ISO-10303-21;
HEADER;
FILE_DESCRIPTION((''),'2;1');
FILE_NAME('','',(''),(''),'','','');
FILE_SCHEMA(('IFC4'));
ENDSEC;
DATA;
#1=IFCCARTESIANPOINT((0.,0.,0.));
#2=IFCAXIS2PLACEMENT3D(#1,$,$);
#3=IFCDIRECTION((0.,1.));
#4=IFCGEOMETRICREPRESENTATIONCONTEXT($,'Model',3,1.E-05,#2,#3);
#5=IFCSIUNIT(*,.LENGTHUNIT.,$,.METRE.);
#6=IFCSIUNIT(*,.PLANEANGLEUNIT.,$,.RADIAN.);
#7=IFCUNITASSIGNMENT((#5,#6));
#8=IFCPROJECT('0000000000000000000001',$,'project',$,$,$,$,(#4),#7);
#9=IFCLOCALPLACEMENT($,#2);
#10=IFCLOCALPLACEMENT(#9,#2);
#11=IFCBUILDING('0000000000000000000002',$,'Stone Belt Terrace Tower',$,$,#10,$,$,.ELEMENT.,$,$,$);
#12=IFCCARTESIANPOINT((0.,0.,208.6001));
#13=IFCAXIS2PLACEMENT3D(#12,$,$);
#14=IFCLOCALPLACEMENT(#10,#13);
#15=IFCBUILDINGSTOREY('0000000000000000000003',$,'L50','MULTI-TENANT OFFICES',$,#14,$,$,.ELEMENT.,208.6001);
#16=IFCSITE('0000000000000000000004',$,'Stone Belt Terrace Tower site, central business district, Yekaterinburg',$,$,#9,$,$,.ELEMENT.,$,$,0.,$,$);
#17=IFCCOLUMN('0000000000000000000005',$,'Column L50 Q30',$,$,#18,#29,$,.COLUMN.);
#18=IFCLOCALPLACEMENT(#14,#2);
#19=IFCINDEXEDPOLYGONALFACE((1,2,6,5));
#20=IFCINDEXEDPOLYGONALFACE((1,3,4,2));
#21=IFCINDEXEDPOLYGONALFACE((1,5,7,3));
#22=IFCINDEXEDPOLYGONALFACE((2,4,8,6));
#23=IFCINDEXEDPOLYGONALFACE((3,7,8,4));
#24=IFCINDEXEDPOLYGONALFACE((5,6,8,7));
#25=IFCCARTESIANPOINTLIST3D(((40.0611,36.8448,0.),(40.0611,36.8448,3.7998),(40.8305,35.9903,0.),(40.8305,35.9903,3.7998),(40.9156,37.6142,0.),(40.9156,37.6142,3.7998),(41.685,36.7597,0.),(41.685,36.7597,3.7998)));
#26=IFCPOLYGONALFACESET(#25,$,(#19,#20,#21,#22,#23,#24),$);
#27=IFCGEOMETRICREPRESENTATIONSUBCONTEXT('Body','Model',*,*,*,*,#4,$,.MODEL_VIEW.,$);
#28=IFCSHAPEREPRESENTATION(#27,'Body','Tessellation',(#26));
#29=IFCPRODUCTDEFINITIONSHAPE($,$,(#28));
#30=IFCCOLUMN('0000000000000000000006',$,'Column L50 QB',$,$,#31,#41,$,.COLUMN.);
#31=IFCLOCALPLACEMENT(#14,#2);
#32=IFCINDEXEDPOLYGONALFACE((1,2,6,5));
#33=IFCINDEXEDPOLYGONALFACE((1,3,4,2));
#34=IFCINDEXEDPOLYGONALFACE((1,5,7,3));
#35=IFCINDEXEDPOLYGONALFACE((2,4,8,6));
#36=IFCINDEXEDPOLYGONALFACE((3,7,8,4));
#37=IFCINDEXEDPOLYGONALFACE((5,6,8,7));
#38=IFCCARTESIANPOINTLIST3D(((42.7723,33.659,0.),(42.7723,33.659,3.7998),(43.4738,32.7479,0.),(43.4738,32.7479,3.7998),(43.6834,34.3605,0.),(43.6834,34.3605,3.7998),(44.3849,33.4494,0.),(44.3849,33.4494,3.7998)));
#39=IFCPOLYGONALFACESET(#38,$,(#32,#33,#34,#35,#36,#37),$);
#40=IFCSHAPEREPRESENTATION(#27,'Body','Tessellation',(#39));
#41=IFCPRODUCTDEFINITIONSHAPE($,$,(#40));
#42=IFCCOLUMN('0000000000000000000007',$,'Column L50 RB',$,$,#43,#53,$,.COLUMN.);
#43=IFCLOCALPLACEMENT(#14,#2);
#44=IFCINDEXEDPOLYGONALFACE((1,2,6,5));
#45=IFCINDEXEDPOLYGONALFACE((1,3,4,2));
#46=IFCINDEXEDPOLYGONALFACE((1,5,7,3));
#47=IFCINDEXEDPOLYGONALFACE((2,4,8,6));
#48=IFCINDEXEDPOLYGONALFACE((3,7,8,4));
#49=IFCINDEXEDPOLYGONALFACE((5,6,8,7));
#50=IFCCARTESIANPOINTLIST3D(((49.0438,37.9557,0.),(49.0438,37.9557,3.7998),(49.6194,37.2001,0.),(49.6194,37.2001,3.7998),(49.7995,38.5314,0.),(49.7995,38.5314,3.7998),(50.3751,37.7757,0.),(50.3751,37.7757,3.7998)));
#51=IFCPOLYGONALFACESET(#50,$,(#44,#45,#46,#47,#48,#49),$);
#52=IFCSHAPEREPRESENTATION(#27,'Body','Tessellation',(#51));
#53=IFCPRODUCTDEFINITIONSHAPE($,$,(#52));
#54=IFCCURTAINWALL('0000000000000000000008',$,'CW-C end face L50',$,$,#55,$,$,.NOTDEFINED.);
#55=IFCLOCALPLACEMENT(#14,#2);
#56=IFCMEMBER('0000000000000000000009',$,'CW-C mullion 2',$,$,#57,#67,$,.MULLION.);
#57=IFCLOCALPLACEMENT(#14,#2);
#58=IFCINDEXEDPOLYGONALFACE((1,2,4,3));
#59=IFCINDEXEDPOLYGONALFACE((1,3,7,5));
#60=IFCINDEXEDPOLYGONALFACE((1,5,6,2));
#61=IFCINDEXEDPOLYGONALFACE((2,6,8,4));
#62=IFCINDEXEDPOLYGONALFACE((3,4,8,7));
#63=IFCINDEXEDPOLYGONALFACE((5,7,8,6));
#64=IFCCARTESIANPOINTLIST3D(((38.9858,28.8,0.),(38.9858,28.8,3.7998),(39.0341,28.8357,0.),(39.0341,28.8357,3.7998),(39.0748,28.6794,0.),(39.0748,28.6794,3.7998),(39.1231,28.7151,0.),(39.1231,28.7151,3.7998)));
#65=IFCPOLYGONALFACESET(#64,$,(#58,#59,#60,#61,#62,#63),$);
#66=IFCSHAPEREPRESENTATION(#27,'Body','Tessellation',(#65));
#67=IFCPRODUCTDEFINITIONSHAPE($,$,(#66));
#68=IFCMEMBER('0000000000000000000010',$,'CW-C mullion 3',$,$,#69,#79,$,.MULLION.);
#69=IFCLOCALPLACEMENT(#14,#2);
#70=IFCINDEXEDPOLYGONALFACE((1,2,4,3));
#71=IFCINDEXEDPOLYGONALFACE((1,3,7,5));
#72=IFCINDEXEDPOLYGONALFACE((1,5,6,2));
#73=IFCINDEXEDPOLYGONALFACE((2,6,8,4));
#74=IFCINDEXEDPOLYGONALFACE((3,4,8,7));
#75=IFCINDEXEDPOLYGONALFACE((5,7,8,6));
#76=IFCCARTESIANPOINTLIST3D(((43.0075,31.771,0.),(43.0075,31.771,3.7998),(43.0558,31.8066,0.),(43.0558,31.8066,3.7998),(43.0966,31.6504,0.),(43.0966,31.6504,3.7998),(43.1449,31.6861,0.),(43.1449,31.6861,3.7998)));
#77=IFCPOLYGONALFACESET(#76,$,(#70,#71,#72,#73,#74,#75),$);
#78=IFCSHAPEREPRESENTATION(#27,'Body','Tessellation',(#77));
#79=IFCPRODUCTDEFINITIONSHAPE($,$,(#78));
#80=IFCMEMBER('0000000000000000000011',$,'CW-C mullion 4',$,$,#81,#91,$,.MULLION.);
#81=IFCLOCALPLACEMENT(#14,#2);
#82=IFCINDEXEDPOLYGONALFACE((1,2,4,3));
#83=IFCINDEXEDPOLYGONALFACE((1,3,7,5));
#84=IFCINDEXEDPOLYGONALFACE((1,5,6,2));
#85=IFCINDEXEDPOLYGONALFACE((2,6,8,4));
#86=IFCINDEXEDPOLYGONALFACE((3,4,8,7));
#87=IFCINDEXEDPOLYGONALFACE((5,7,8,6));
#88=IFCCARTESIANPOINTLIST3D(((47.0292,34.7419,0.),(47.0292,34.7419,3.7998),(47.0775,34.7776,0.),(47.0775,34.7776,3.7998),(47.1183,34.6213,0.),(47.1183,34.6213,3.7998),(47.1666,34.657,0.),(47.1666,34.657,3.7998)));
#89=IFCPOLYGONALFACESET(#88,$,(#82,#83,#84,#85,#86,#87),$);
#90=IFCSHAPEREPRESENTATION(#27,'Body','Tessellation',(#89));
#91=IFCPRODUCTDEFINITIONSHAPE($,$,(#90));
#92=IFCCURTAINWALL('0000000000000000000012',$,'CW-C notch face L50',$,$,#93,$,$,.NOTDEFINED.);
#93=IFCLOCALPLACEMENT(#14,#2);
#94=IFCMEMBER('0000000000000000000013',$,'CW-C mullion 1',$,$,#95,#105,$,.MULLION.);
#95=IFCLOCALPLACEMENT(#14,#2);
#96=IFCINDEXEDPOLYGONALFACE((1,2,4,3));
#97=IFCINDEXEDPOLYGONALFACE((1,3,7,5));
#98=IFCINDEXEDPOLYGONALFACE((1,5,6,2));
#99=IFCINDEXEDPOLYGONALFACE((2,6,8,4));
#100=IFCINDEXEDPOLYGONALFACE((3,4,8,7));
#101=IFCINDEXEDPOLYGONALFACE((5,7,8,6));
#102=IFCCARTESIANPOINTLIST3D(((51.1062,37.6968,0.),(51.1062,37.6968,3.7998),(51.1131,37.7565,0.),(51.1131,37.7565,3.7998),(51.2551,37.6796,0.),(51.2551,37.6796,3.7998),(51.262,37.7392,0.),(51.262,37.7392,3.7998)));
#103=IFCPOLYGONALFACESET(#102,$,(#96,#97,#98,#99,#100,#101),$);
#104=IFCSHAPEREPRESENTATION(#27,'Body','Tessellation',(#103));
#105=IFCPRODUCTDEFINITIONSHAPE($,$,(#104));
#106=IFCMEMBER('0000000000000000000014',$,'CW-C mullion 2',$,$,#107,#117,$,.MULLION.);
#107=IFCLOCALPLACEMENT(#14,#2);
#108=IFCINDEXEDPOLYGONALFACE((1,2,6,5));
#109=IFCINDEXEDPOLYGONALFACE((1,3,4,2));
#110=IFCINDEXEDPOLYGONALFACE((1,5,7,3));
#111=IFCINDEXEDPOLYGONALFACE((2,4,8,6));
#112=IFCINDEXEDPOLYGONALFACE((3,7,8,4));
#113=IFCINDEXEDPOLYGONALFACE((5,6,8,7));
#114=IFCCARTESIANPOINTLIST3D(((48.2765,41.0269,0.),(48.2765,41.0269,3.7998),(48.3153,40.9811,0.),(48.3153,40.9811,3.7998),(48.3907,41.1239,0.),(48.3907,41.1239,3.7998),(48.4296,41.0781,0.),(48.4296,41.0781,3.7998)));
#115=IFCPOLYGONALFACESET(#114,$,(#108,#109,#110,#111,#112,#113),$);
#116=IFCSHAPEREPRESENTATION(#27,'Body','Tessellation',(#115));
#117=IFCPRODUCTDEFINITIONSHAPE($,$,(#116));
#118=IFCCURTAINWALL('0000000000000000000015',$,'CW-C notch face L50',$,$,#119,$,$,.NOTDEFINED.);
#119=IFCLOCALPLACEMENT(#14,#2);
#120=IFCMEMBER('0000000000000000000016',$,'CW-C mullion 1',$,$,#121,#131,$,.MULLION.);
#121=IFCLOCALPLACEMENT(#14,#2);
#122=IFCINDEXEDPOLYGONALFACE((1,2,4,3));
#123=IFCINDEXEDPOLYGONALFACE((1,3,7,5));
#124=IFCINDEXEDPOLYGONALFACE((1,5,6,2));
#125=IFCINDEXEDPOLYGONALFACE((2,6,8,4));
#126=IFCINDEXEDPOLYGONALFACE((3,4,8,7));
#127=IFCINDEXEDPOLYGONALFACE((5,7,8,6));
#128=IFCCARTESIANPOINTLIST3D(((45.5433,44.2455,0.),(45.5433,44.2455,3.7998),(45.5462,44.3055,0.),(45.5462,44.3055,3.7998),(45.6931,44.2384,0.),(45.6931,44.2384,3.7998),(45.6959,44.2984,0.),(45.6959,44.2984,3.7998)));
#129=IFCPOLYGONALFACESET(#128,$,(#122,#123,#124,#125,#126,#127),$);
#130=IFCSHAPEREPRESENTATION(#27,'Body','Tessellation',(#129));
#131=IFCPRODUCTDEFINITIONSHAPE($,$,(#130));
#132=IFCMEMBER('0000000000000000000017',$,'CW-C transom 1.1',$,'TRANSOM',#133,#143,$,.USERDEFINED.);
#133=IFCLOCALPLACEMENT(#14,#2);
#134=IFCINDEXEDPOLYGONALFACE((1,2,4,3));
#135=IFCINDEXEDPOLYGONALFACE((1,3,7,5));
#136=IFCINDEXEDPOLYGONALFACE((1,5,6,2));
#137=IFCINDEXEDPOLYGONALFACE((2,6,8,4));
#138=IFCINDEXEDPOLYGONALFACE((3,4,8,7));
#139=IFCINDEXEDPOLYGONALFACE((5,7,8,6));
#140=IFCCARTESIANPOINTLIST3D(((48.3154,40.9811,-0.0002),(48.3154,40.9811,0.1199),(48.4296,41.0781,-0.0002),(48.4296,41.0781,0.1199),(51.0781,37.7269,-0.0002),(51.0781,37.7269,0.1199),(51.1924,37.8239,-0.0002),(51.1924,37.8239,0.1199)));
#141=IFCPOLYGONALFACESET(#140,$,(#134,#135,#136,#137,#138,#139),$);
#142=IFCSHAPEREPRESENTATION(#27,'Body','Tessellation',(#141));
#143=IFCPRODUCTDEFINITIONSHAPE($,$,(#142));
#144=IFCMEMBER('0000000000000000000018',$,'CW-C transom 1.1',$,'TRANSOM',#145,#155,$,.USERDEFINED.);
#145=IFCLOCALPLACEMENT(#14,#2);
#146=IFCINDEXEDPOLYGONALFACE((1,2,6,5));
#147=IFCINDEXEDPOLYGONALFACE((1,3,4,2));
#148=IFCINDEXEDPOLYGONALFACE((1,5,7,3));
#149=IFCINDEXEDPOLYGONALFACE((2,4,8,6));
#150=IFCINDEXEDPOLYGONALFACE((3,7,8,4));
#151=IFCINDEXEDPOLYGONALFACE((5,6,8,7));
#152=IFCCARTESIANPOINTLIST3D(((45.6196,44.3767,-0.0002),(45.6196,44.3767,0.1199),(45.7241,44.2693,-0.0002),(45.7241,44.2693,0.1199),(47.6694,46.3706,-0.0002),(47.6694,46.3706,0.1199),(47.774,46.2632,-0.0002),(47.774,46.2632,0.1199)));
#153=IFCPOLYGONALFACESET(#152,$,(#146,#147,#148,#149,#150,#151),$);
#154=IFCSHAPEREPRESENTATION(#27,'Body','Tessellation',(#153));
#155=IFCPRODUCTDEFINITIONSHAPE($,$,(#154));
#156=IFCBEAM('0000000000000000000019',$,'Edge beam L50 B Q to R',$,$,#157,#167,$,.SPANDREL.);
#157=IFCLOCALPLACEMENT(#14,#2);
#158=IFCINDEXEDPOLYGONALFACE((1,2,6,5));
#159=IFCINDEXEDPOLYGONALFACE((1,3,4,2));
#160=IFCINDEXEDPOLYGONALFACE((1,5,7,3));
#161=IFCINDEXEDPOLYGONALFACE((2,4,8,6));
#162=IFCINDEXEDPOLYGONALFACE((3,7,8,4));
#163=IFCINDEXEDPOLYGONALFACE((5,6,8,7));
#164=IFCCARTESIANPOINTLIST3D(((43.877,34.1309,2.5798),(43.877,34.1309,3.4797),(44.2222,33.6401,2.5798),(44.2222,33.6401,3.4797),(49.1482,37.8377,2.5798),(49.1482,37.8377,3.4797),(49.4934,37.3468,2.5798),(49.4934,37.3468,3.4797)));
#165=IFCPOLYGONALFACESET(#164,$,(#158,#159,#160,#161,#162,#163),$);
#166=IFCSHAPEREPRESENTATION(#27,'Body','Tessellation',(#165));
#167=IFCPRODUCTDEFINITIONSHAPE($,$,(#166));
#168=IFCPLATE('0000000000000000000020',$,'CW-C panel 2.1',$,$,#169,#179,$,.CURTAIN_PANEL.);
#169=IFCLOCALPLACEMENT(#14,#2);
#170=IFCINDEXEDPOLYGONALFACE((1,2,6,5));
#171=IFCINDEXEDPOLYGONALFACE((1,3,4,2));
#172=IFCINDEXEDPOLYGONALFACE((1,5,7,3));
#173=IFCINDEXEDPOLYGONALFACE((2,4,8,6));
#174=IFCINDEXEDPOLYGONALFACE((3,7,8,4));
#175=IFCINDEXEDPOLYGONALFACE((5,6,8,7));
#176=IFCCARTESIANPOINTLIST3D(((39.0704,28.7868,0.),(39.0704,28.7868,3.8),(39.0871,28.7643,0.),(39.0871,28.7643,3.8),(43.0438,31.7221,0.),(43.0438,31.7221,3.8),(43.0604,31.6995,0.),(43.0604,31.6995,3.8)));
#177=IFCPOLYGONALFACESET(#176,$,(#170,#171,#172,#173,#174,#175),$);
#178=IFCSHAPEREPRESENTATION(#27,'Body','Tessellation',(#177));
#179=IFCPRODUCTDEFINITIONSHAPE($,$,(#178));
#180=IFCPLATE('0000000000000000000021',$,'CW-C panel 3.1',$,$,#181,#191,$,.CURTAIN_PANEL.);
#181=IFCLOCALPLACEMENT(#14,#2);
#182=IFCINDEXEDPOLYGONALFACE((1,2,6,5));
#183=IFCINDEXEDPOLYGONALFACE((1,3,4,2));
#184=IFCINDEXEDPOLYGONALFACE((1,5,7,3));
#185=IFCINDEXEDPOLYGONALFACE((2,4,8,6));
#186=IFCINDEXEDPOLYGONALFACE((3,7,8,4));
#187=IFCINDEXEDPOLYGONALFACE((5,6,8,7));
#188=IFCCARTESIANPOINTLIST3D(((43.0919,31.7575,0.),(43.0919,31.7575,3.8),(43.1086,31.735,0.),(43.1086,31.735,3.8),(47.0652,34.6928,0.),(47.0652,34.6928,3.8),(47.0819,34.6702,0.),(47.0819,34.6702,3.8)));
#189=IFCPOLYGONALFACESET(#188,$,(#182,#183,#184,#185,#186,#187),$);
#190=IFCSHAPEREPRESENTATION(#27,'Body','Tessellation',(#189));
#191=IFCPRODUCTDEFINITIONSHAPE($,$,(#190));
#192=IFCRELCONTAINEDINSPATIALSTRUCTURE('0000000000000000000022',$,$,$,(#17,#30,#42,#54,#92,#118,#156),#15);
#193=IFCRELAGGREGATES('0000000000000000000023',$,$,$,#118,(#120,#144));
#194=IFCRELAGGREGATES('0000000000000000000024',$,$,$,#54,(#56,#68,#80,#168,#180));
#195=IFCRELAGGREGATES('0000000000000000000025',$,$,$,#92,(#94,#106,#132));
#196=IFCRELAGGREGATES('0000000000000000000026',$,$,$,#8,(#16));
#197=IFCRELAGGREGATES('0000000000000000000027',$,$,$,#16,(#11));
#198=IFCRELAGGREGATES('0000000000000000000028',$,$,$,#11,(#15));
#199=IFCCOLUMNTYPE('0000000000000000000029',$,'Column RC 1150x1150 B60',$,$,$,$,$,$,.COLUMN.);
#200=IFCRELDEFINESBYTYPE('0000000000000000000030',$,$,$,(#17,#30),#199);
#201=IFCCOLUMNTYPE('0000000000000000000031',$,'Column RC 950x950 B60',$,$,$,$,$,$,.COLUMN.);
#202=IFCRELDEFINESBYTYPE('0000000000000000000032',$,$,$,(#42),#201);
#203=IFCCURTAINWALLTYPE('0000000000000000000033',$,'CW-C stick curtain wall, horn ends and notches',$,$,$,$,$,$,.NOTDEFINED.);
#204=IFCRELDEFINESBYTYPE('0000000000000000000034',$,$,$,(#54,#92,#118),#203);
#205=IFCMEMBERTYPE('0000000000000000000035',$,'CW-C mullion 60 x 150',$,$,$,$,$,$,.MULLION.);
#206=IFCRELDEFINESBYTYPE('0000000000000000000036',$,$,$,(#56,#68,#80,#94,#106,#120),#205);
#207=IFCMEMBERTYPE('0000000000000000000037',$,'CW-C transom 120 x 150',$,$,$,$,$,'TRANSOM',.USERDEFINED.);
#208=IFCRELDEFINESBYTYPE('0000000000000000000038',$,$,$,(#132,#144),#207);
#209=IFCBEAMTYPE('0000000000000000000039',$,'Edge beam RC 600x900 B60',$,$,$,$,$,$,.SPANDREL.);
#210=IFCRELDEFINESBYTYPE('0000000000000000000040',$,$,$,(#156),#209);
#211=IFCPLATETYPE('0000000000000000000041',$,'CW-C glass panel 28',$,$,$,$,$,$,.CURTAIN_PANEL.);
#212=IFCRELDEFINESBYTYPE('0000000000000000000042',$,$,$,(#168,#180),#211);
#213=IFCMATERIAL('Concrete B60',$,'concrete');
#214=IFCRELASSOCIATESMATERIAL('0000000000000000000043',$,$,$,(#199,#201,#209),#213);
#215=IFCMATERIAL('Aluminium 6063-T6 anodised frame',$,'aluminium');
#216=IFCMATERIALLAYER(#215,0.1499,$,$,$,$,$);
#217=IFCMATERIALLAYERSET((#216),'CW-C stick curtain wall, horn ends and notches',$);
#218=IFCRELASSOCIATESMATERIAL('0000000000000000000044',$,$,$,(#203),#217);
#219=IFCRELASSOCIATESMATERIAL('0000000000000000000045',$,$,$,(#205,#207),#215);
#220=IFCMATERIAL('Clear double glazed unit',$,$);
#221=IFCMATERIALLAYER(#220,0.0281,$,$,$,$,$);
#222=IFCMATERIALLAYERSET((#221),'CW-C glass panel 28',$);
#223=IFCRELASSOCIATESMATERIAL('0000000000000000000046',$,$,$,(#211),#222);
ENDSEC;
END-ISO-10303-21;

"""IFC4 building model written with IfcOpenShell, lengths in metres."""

from ifc_helpers import new_model, si_unit, direction, frame, origin, origin_2d, place, context, subcontext, project, spatial, rectangle, extrude, material, layer, layer_set, material_profile, profile_set, type_object, element, aggregate, save


model = new_model("IFC4")

# Units and contexts
model_context = context("Model", 3, precision=1e-05, world=origin(), true_north=direction((0.0, 1.0)))
body_context = subcontext(model_context, "Body", "Model", "MODEL_VIEW")
ifc_project = project(units=[si_unit("LENGTHUNIT", "METRE"), si_unit("PLANEANGLEUNIT", "RADIAN")], contexts=[model_context])

# Site, building, storey
site_placement = place(None, origin())
site = spatial("IfcSite", under=ifc_project, at=site_placement, Name="Stone Belt Terrace Tower site, central business district, Yekaterinburg", CompositionType="ELEMENT", RefElevation=0.0)
building_placement = place(site_placement, origin())
building = spatial("IfcBuilding", under=site, at=building_placement, Name="Stone Belt Terrace Tower", CompositionType="ELEMENT")
storey_placement = place(building_placement, frame((0.0, 0.0, 208.6001)))
storey = spatial("IfcBuildingStorey", under=building, at=storey_placement, Name="L50", Description="MULTI-TENANT OFFICES", CompositionType="ELEMENT", Elevation=208.6001)

# Columns
ifc_material_1 = material(Name="Concrete B60", Category="concrete")
ifc_material_profile_1 = material_profile(ifc_material_1, rectangle(XDim=1.1499, YDim=1.1499, at=origin_2d()), Name="RC 1150x1150")
ifc_profile_set_1 = profile_set([ifc_material_profile_1], Name="Concrete B60")
column_type_1 = type_object("IfcColumnType", Name="Column RC 1150x1150 B60", PredefinedType="COLUMN", material=ifc_profile_set_1)
for number, where, z_axis, x_axis, name in (
    (1, (40.873, 36.8022, 0.0), (0.0, 0.0, 1.0), (0.669131, -0.743145, 0.0), "Column L50 Q30"),
    (2, (43.5786, 33.5542, 0.0), (0.0, 0.0, 1.0), (0.610079, -0.792341, 0.0), "Column L50 QB"),
):
    element("IfcColumn", number, at=place(storey_placement, frame(where, z_axis=z_axis, x_axis=x_axis)), inside=storey, type_object=column_type_1, Name=name, PredefinedType="COLUMN", context=body_context, shape_type="SweptSolid", body=[
        extrude(rectangle(XDim=1.1499, YDim=1.1499, at=origin_2d()), origin(), (0.0, 0.0, 1.0), 3.7998),
    ])
ifc_material_profile_2 = material_profile(ifc_material_1, rectangle(XDim=0.95, YDim=0.95, at=origin_2d()), Name="RC 950x950")
ifc_profile_set_2 = profile_set([ifc_material_profile_2], Name="Concrete B60")
column_type_2 = type_object("IfcColumnType", Name="Column RC 950x950 B60", PredefinedType="COLUMN", material=ifc_profile_set_2)
column_placement = place(storey_placement, frame((49.7095, 37.8657, 0.0), z_axis=(0.0, 0.0, 1.0), x_axis=(0.605961, -0.795495, 0.0)))
element("IfcColumn", 3, at=column_placement, inside=storey, type_object=column_type_2, Name="Column L50 RB", PredefinedType="COLUMN", context=body_context, shape_type="SweptSolid", body=[
    extrude(rectangle(XDim=0.95, YDim=0.95, at=origin_2d()), origin(), (0.0, 0.0, 1.0), 3.7998),
])

# Curtain walls, members
ifc_material_2 = material(Name="Aluminium 6063-T6 anodised frame", Category="aluminium")
ifc_layer_1 = layer(ifc_material_2, 0.1499)
ifc_layer_set_1 = layer_set([ifc_layer_1], Name="CW-C stick curtain wall, horn ends and notches")
curtain_wall_type = type_object("IfcCurtainWallType", Name="CW-C stick curtain wall, horn ends and notches", PredefinedType="NOTDEFINED", material=ifc_layer_set_1)
curtain_wall_1_placement = place(storey_placement, origin())
curtain_wall_1 = element("IfcCurtainWall", 4, at=curtain_wall_1_placement, inside=storey, type_object=curtain_wall_type, Name="CW-C end face L50", PredefinedType="NOTDEFINED")
ifc_material_profile_3 = material_profile(ifc_material_2, rectangle(XDim=0.1499, YDim=0.0601, at=origin_2d()), Name="Aluminium 6063-T6 60x150")
ifc_profile_set_3 = profile_set([ifc_material_profile_3], Name="Aluminium 6063-T6 anodised frame")
member_type_1 = type_object("IfcMemberType", Name="CW-C mullion 60 x 150", PredefinedType="MULLION", material=ifc_profile_set_3)
member_1_placement = place(storey_placement, frame((39.0544, 28.7576, 0.0), z_axis=(0.0, 0.0, 1.0), x_axis=(-0.594184, 0.804329, 0.0)))
member_1 = element("IfcMember", 5, at=member_1_placement, type_object=member_type_1, Name="CW-C mullion 2", PredefinedType="MULLION", context=body_context, shape_type="SweptSolid", body=[
    extrude(rectangle(XDim=0.1499, YDim=0.0601, at=origin_2d()), origin(), (0.0, 0.0, 1.0), 3.7998),
])
member_2_placement = place(storey_placement, frame((43.0762, 31.7285, 0.0), z_axis=(0.0, 0.0, 1.0), x_axis=(-0.594184, 0.804329, 0.0)))
member_2 = element("IfcMember", 6, at=member_2_placement, type_object=member_type_1, Name="CW-C mullion 3", PredefinedType="MULLION", context=body_context, shape_type="SweptSolid", body=[
    extrude(rectangle(XDim=0.1499, YDim=0.0601, at=origin_2d()), origin(), (0.0, 0.0, 1.0), 3.7998),
])
member_3_placement = place(storey_placement, frame((47.0979, 34.6995, 0.0), z_axis=(0.0, 0.0, 1.0), x_axis=(-0.594184, 0.804329, 0.0)))
member_3 = element("IfcMember", 7, at=member_3_placement, type_object=member_type_1, Name="CW-C mullion 4", PredefinedType="MULLION", context=body_context, shape_type="SweptSolid", body=[
    extrude(rectangle(XDim=0.1499, YDim=0.0601, at=origin_2d()), origin(), (0.0, 0.0, 1.0), 3.7998),
])
curtain_wall_2_placement = place(storey_placement, origin())
curtain_wall_2 = element("IfcCurtainWall", 8, at=curtain_wall_2_placement, inside=storey, type_object=curtain_wall_type, Name="CW-C notch face L50", PredefinedType="NOTDEFINED")
member_4_placement = place(storey_placement, frame((51.1841, 37.718, 0.0), z_axis=(0.0, 0.0, 1.0), x_axis=(-0.993359, 0.115057, 0.0)))
member_4 = element("IfcMember", 9, at=member_4_placement, type_object=member_type_1, Name="CW-C mullion 1", PredefinedType="MULLION", context=body_context, shape_type="SweptSolid", body=[
    extrude(rectangle(XDim=0.1499, YDim=0.0601, at=origin_2d()), origin(), (0.0, 0.0, 1.0), 3.7998),
])
member_5_placement = place(storey_placement, frame((48.353, 41.0525, 0.0), z_axis=(0.0, 0.0, 1.0), x_axis=(-0.762311, -0.647211, 0.0)))
member_5 = element("IfcMember", 10, at=member_5_placement, type_object=member_type_1, Name="CW-C mullion 2", PredefinedType="MULLION", context=body_context, shape_type="SweptSolid", body=[
    extrude(rectangle(XDim=0.1499, YDim=0.0601, at=origin_2d()), origin(), (0.0, 0.0, 1.0), 3.7998),
])

# Curtain wall, member
curtain_wall_3_placement = place(storey_placement, origin())
curtain_wall_3 = element("IfcCurtainWall", 11, at=curtain_wall_3_placement, inside=storey, type_object=curtain_wall_type, Name="CW-C notch face L50", PredefinedType="NOTDEFINED")
member_6_placement = place(storey_placement, frame((45.6196, 44.272, 0.0), z_axis=(0.0, 0.0, 1.0), x_axis=(-0.998865, 0.047626, 0.0)))
member_6 = element("IfcMember", 12, at=member_6_placement, type_object=member_type_1, Name="CW-C mullion 1", PredefinedType="MULLION", context=body_context, shape_type="SweptSolid", body=[
    extrude(rectangle(XDim=0.1499, YDim=0.0601, at=origin_2d()), origin(), (0.0, 0.0, 1.0), 3.7998),
])

# Members
ifc_material_profile_4 = material_profile(ifc_material_2, rectangle(XDim=0.1499, YDim=0.1201, at=origin_2d()), Name="Aluminium 6063-T6 150x120")
ifc_profile_set_4 = profile_set([ifc_material_profile_4], Name="Aluminium 6063-T6 anodised frame")
member_type_2 = type_object("IfcMemberType", Name="CW-C transom 120 x 150", ElementType="TRANSOM", PredefinedType="USERDEFINED", material=ifc_profile_set_4)
member_7_placement = place(storey_placement, frame((51.1353, 37.7754, 0.0598), z_axis=(-0.647195, 0.762324, 0.0), x_axis=(-0.762324, -0.647195, 0.0)))
member_7 = element("IfcMember", 13, at=member_7_placement, type_object=member_type_2, Name="CW-C transom 1.1", ObjectType="TRANSOM", PredefinedType="USERDEFINED", context=body_context, shape_type="SweptSolid", body=[
    extrude(rectangle(XDim=0.1499, YDim=0.1201, at=origin_2d()), origin(), (0.0, 0.0, 1.0), 4.2688),
])
member_8_placement = place(storey_placement, frame((45.6719, 44.323, 0.0598), z_axis=(0.716815, 0.697264, 0.0), x_axis=(-0.697264, 0.716815, 0.0)))
member_8 = element("IfcMember", 14, at=member_8_placement, type_object=member_type_2, Name="CW-C transom 1.1", ObjectType="TRANSOM", PredefinedType="USERDEFINED", context=body_context, shape_type="SweptSolid", body=[
    extrude(rectangle(XDim=0.1499, YDim=0.1201, at=origin_2d()), origin(), (0.0, 0.0, 1.0), 2.8596),
])
aggregate(curtain_wall_3, [member_6, member_8])

# Beam
ifc_material_profile_5 = material_profile(ifc_material_1, rectangle(XDim=0.6001, YDim=0.8999, at=origin_2d()), Name="RC 600x900")
ifc_profile_set_5 = profile_set([ifc_material_profile_5], Name="Concrete B60")
beam_type = type_object("IfcBeamType", Name="Edge beam RC 600x900 B60", PredefinedType="SPANDREL", material=ifc_profile_set_5)
beam_placement = place(storey_placement, frame((44.0496, 33.8855, 3.0298), z_axis=(0.817997, 0.575223, 0.0), x_axis=(-0.575223, 0.817997, 0.0)))
element("IfcBeam", 15, at=beam_placement, inside=storey, type_object=beam_type, Name="Edge beam L50 B Q to R", PredefinedType="SPANDREL", context=body_context, shape_type="SweptSolid", body=[
    extrude(rectangle(XDim=0.6001, YDim=0.8999, at=origin_2d()), origin(), (0.0, 0.0, 1.0), 6.4441),
])

# Plates
ifc_material_3 = material(Name="Clear double glazed unit")
ifc_layer_2 = layer(ifc_material_3, 0.0281)
ifc_layer_set_2 = layer_set([ifc_layer_2], Name="CW-C glass panel 28")
plate_type = type_object("IfcPlateType", Name="CW-C glass panel 28", PredefinedType="CURTAIN_PANEL", material=ifc_layer_set_2)
plate_1_placement = place(storey_placement, frame((41.0654, 30.2432, 0.0), z_axis=(0.0, 0.0, 1.0), x_axis=(0.804329, 0.594184, 0.0)))
plate_1 = element("IfcPlate", 16, at=plate_1_placement, type_object=plate_type, Name="CW-C panel 2.1", PredefinedType="CURTAIN_PANEL", context=body_context, shape_type="SweptSolid", body=[
    extrude(rectangle(XDim=4.9399, YDim=0.0281, at=origin_2d()), origin(), (0.0, 0.0, 1.0), 3.8),
])
plate_2_placement = place(storey_placement, frame((45.0869, 33.2139, 0.0), z_axis=(0.0, 0.0, 1.0), x_axis=(0.804329, 0.594184, 0.0)))
plate_2 = element("IfcPlate", 17, at=plate_2_placement, type_object=plate_type, Name="CW-C panel 3.1", PredefinedType="CURTAIN_PANEL", context=body_context, shape_type="SweptSolid", body=[
    extrude(rectangle(XDim=4.9399, YDim=0.0281, at=origin_2d()), origin(), (0.0, 0.0, 1.0), 3.8),
])
aggregate(curtain_wall_1, [member_1, member_2, member_3, plate_1, plate_2])
aggregate(curtain_wall_2, [member_4, member_5, member_7])

save(model, "model.ifc")
